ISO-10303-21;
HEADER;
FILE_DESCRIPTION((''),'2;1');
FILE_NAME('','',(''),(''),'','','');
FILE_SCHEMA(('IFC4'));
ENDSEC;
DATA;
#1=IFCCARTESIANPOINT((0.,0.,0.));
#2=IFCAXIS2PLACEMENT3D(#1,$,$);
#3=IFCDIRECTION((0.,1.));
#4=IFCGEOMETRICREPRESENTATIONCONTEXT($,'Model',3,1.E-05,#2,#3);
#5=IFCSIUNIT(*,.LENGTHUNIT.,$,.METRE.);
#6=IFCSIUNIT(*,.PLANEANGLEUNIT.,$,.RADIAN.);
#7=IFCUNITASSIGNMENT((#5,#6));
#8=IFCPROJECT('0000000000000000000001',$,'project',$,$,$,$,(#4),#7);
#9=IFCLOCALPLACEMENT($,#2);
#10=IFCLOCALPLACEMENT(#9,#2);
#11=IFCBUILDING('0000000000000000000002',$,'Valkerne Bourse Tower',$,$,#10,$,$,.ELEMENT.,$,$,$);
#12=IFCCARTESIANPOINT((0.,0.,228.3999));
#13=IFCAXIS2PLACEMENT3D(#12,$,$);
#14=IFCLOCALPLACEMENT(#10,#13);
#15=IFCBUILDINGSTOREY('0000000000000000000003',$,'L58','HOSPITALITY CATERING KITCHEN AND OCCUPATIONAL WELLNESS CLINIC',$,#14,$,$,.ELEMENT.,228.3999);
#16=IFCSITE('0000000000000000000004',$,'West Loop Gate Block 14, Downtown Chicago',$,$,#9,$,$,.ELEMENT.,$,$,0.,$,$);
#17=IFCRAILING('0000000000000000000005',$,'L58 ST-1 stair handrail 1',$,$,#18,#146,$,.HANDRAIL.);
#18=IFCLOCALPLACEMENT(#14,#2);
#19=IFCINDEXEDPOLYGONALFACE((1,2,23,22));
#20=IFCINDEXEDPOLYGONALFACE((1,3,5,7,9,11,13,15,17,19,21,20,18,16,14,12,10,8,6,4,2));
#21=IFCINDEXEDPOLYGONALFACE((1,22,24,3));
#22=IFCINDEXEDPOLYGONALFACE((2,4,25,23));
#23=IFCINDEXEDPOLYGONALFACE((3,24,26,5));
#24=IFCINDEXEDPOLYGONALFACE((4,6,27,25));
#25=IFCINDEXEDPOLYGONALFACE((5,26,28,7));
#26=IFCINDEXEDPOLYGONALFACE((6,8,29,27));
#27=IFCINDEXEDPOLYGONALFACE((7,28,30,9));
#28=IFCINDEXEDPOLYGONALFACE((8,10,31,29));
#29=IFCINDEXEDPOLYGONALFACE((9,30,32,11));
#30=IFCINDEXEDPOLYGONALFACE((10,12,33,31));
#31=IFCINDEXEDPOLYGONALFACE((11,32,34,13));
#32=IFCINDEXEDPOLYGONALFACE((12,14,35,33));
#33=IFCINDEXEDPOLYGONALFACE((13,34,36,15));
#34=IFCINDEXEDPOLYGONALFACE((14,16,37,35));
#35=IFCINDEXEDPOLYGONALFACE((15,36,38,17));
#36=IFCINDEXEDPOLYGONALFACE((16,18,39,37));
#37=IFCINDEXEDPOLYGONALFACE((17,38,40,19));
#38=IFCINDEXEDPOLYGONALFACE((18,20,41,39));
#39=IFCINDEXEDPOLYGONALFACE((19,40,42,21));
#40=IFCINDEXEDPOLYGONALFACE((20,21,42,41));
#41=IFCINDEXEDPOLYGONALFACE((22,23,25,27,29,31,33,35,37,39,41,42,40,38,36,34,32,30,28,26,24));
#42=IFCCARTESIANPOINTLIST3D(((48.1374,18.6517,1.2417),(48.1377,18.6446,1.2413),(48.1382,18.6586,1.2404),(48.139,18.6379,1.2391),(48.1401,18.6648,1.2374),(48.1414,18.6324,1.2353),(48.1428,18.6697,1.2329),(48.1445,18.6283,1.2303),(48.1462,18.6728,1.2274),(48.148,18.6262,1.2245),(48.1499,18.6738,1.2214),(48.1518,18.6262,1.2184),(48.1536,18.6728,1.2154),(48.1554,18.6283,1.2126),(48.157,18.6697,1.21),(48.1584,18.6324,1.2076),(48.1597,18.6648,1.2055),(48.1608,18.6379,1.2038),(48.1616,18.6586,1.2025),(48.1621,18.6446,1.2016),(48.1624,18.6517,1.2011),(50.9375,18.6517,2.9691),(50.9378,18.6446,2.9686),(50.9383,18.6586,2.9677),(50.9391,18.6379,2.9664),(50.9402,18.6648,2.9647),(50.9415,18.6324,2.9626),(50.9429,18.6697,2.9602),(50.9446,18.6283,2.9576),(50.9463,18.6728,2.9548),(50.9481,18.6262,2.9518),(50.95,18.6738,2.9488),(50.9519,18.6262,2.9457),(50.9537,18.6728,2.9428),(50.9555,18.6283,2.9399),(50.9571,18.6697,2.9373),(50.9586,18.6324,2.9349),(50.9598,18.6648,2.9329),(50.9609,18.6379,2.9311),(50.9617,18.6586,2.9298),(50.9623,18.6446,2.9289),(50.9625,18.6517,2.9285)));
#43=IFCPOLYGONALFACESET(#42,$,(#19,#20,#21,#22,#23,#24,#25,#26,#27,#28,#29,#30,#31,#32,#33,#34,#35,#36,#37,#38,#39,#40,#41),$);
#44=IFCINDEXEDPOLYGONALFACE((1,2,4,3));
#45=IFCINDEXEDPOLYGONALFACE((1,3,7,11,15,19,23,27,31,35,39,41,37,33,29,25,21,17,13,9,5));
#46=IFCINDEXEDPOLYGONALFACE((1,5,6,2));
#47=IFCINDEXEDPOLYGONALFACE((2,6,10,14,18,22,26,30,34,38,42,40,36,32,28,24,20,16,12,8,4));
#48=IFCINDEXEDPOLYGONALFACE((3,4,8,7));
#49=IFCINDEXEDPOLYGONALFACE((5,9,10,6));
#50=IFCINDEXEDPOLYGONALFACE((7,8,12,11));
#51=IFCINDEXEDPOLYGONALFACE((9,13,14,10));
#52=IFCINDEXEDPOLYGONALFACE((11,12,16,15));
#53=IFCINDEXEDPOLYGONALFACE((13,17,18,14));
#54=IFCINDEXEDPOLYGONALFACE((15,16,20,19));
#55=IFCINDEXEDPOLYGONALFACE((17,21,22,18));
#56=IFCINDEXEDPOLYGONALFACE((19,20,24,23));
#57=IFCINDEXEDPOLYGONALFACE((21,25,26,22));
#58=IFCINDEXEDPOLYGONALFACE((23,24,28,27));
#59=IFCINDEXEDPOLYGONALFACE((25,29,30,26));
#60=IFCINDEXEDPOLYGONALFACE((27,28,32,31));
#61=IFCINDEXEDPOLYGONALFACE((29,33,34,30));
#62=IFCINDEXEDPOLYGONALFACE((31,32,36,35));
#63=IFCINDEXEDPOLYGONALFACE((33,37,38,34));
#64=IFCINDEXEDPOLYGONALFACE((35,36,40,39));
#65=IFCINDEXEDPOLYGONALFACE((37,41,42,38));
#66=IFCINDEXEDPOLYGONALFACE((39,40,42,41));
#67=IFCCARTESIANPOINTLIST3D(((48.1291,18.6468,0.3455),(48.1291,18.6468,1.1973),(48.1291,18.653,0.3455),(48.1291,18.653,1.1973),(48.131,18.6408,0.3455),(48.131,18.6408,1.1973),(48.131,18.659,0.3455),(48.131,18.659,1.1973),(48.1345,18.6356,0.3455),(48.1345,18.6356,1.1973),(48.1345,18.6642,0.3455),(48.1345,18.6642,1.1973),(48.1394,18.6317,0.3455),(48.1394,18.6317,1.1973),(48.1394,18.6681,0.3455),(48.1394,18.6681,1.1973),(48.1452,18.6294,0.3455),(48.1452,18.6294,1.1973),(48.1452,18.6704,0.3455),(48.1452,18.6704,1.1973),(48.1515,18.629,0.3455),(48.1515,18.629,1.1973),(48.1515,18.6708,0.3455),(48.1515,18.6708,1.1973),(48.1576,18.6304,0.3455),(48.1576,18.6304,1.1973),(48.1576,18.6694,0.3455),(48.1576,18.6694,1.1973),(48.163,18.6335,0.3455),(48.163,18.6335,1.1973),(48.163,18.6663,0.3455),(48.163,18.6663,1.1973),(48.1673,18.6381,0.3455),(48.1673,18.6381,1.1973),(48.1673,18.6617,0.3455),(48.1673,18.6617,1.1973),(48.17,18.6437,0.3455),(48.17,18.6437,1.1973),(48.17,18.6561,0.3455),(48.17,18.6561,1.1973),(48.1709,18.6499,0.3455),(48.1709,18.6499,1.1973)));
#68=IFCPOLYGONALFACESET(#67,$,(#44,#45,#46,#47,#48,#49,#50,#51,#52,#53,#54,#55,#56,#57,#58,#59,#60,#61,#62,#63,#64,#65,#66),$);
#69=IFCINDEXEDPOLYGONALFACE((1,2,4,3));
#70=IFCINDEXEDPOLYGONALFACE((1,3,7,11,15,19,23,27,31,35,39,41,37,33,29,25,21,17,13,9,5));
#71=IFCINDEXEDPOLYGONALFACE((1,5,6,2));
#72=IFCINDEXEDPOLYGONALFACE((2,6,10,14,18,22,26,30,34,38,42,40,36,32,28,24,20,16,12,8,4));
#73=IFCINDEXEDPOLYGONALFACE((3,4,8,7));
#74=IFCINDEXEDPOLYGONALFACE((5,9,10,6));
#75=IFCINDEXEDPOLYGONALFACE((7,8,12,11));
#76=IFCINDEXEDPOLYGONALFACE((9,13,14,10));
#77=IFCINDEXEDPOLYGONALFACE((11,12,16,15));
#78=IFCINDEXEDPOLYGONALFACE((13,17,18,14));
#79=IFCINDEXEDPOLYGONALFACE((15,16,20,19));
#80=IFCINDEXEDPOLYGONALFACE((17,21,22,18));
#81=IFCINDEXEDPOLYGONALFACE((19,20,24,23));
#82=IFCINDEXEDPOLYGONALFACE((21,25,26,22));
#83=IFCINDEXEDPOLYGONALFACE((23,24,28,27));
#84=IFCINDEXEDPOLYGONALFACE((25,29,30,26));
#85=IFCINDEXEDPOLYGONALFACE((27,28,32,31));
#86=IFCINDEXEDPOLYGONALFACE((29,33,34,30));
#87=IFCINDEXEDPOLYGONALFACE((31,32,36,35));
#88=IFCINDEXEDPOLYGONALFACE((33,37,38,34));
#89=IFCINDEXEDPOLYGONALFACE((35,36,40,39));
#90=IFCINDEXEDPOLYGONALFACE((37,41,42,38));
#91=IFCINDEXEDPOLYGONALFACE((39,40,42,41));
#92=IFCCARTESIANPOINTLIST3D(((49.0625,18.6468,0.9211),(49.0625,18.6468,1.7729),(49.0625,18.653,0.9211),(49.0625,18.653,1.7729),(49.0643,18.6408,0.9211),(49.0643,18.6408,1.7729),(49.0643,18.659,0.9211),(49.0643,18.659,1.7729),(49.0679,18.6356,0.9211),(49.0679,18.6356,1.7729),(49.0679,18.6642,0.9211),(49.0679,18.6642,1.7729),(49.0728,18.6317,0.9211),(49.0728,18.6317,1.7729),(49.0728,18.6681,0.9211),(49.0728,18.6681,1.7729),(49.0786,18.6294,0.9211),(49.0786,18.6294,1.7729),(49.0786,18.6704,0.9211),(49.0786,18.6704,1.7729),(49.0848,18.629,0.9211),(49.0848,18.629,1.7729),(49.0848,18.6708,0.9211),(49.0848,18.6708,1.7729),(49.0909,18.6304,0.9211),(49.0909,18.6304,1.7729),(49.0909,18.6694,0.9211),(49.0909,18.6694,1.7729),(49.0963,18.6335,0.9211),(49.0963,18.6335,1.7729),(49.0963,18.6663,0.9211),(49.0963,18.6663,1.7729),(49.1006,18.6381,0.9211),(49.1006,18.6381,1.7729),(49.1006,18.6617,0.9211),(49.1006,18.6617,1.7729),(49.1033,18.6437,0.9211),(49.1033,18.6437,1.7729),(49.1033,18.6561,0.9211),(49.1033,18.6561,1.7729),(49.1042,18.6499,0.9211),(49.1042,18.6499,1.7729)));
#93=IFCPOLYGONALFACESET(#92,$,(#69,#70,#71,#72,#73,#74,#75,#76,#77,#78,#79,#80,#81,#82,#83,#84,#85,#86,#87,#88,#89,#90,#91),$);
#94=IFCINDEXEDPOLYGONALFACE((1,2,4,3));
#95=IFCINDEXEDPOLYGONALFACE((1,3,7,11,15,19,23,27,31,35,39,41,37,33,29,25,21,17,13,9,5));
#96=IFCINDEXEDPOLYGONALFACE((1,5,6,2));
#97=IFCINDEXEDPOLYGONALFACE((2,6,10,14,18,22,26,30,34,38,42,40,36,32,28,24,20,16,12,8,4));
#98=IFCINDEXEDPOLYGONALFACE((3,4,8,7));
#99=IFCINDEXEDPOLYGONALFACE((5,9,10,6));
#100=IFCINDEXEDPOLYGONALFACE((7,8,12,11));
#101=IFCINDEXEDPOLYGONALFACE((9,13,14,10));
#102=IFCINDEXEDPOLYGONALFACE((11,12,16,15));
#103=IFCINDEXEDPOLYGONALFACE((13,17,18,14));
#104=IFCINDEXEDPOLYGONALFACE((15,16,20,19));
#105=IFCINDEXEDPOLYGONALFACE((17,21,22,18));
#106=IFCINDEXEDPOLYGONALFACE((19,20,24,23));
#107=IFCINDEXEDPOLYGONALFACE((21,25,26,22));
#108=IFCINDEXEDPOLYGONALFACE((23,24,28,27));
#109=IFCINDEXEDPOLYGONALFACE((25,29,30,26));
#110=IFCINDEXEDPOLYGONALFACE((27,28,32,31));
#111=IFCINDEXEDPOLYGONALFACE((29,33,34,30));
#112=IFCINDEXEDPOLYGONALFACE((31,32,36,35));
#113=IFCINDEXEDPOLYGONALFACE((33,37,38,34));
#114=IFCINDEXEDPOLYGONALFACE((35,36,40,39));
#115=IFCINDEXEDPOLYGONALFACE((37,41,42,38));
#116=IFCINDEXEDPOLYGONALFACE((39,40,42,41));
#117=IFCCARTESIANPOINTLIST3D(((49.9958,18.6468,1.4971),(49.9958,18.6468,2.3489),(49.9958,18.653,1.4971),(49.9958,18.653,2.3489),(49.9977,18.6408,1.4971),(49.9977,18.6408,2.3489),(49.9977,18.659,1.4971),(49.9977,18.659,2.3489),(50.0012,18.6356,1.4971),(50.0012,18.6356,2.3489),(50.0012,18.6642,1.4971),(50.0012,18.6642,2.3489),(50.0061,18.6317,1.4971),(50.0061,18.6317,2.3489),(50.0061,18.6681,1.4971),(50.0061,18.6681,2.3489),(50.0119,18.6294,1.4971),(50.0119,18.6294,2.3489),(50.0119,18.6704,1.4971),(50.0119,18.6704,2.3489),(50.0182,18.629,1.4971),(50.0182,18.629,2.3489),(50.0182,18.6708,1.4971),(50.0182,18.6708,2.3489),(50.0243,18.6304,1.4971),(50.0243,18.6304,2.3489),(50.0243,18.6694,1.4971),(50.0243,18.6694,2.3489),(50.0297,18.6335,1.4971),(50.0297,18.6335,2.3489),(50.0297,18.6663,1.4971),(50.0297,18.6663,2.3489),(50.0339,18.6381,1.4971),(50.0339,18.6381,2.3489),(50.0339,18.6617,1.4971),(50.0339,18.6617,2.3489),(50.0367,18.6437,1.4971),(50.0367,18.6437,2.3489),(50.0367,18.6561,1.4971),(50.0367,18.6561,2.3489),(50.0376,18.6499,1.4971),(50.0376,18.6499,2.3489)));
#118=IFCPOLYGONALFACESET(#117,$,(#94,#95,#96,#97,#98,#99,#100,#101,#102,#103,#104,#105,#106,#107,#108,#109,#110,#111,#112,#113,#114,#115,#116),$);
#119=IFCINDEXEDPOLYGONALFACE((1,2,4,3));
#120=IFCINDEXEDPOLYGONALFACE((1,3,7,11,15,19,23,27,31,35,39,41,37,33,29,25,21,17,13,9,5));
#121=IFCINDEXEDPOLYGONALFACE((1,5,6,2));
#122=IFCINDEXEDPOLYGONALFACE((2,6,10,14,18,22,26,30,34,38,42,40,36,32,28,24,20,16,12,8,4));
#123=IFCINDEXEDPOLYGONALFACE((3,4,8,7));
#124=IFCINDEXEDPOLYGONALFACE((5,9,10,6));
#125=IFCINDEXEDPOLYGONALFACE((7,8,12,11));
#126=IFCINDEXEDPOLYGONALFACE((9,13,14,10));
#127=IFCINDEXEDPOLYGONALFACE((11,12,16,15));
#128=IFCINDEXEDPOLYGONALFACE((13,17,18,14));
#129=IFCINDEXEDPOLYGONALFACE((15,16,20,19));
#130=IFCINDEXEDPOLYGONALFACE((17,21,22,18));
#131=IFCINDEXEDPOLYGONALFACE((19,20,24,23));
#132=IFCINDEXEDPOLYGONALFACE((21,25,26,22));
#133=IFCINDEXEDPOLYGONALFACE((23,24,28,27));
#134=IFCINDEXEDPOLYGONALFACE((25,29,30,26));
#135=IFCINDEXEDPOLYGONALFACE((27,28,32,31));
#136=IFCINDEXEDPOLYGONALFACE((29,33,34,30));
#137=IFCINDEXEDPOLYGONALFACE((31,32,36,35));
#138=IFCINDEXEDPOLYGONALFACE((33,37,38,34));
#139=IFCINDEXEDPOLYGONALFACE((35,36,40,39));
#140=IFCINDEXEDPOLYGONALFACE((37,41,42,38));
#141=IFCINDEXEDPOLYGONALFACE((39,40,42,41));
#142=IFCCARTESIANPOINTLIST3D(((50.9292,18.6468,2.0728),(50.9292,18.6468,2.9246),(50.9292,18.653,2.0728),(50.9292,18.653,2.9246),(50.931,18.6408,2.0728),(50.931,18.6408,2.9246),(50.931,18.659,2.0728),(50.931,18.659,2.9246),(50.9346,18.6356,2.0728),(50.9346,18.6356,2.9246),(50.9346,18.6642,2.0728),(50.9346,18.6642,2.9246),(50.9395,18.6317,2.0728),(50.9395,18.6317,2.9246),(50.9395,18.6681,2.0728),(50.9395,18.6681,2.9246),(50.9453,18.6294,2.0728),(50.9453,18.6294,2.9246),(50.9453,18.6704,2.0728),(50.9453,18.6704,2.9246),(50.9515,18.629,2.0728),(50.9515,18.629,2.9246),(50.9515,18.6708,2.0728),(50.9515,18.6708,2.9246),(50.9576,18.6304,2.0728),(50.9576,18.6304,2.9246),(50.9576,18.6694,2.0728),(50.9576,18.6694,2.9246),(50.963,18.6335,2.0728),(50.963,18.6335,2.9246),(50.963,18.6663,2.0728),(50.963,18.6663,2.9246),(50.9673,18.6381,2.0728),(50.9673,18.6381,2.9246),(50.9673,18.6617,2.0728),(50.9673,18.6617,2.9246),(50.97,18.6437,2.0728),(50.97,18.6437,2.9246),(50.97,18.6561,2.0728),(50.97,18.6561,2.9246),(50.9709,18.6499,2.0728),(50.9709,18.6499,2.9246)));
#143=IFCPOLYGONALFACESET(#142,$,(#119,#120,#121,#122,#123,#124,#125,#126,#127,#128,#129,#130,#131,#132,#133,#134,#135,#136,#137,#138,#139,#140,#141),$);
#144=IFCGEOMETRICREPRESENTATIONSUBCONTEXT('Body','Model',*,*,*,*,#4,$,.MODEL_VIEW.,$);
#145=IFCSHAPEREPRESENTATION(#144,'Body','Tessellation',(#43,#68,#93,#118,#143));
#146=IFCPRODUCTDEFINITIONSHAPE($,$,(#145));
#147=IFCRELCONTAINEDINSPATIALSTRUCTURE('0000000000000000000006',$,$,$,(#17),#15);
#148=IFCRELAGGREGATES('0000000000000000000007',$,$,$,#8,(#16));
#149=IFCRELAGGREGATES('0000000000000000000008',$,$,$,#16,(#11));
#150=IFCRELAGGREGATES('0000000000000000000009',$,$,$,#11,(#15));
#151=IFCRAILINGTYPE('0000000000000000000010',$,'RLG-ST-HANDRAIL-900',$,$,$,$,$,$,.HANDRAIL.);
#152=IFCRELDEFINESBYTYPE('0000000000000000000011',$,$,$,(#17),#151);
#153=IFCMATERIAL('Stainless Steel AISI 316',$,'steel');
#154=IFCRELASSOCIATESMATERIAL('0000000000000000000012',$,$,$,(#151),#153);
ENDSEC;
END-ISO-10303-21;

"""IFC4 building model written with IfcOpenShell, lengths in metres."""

from ifc_helpers import new_model, si_unit, direction, frame, origin, origin_2d, place, context, subcontext, project, spatial, circle, extrude, material, type_object, element, save


model = new_model("IFC4")

# Units and contexts
model_context = context("Model", 3, precision=1e-05, world=origin(), true_north=direction((0.0, 1.0)))
body_context = subcontext(model_context, "Body", "Model", "MODEL_VIEW")
ifc_project = project(units=[si_unit("LENGTHUNIT", "METRE"), si_unit("PLANEANGLEUNIT", "RADIAN")], contexts=[model_context])

# Site, building, storey
site_placement = place(None, origin())
site = spatial("IfcSite", under=ifc_project, at=site_placement, Name="West Loop Gate Block 14, Downtown Chicago", CompositionType="ELEMENT", RefElevation=0.0)
building_placement = place(site_placement, origin())
building = spatial("IfcBuilding", under=site, at=building_placement, Name="Valkerne Bourse Tower", CompositionType="ELEMENT")
storey_placement = place(building_placement, frame((0.0, 0.0, 228.3999)))
storey = spatial("IfcBuildingStorey", under=building, at=storey_placement, Name="L58", Description="HOSPITALITY CATERING KITCHEN AND OCCUPATIONAL WELLNESS CLINIC", CompositionType="ELEMENT", Elevation=228.3999)

# Shared definitions
ifc_material_1 = material(Name="Stainless Steel AISI 316", Category="steel")

# Railing
railing_type_1 = type_object("IfcRailingType", Name="RLG-ST-HANDRAIL-900", PredefinedType="HANDRAIL", material=ifc_material_1)
railing_1_placement = place(storey_placement, frame((48.1499, 18.6499, 0.3455)))
element("IfcRailing", 1, at=railing_1_placement, inside=storey, type_object=railing_type_1, Name="L58 ST-1 stair handrail 1", PredefinedType="HANDRAIL", context=body_context, shape_type="SweptSolid", body=[
    extrude(circle(Radius=0.0239, at=origin_2d()), frame((0.0, 0.0, 0.876), z_axis=(0.85109, 0.0, 0.52502), x_axis=(0.0, 1.0, 0.0)), (0.0, 0.0, 1.0), 3.29),
    extrude(circle(Radius=0.021, at=origin_2d()), origin(), (0.0, 0.0, 1.0), 0.8518),
    extrude(circle(Radius=0.021, at=origin_2d()), frame((0.9333, 0.0, 0.5757)), (0.0, 0.0, 1.0), 0.8518),
    extrude(circle(Radius=0.021, at=origin_2d()), frame((1.8667, 0.0, 1.1516)), (0.0, 0.0, 1.0), 0.8518),
    extrude(circle(Radius=0.021, at=origin_2d()), frame((2.8, 0.0, 1.7273)), (0.0, 0.0, 1.0), 0.8518),
])

save(model, "model.ifc")
